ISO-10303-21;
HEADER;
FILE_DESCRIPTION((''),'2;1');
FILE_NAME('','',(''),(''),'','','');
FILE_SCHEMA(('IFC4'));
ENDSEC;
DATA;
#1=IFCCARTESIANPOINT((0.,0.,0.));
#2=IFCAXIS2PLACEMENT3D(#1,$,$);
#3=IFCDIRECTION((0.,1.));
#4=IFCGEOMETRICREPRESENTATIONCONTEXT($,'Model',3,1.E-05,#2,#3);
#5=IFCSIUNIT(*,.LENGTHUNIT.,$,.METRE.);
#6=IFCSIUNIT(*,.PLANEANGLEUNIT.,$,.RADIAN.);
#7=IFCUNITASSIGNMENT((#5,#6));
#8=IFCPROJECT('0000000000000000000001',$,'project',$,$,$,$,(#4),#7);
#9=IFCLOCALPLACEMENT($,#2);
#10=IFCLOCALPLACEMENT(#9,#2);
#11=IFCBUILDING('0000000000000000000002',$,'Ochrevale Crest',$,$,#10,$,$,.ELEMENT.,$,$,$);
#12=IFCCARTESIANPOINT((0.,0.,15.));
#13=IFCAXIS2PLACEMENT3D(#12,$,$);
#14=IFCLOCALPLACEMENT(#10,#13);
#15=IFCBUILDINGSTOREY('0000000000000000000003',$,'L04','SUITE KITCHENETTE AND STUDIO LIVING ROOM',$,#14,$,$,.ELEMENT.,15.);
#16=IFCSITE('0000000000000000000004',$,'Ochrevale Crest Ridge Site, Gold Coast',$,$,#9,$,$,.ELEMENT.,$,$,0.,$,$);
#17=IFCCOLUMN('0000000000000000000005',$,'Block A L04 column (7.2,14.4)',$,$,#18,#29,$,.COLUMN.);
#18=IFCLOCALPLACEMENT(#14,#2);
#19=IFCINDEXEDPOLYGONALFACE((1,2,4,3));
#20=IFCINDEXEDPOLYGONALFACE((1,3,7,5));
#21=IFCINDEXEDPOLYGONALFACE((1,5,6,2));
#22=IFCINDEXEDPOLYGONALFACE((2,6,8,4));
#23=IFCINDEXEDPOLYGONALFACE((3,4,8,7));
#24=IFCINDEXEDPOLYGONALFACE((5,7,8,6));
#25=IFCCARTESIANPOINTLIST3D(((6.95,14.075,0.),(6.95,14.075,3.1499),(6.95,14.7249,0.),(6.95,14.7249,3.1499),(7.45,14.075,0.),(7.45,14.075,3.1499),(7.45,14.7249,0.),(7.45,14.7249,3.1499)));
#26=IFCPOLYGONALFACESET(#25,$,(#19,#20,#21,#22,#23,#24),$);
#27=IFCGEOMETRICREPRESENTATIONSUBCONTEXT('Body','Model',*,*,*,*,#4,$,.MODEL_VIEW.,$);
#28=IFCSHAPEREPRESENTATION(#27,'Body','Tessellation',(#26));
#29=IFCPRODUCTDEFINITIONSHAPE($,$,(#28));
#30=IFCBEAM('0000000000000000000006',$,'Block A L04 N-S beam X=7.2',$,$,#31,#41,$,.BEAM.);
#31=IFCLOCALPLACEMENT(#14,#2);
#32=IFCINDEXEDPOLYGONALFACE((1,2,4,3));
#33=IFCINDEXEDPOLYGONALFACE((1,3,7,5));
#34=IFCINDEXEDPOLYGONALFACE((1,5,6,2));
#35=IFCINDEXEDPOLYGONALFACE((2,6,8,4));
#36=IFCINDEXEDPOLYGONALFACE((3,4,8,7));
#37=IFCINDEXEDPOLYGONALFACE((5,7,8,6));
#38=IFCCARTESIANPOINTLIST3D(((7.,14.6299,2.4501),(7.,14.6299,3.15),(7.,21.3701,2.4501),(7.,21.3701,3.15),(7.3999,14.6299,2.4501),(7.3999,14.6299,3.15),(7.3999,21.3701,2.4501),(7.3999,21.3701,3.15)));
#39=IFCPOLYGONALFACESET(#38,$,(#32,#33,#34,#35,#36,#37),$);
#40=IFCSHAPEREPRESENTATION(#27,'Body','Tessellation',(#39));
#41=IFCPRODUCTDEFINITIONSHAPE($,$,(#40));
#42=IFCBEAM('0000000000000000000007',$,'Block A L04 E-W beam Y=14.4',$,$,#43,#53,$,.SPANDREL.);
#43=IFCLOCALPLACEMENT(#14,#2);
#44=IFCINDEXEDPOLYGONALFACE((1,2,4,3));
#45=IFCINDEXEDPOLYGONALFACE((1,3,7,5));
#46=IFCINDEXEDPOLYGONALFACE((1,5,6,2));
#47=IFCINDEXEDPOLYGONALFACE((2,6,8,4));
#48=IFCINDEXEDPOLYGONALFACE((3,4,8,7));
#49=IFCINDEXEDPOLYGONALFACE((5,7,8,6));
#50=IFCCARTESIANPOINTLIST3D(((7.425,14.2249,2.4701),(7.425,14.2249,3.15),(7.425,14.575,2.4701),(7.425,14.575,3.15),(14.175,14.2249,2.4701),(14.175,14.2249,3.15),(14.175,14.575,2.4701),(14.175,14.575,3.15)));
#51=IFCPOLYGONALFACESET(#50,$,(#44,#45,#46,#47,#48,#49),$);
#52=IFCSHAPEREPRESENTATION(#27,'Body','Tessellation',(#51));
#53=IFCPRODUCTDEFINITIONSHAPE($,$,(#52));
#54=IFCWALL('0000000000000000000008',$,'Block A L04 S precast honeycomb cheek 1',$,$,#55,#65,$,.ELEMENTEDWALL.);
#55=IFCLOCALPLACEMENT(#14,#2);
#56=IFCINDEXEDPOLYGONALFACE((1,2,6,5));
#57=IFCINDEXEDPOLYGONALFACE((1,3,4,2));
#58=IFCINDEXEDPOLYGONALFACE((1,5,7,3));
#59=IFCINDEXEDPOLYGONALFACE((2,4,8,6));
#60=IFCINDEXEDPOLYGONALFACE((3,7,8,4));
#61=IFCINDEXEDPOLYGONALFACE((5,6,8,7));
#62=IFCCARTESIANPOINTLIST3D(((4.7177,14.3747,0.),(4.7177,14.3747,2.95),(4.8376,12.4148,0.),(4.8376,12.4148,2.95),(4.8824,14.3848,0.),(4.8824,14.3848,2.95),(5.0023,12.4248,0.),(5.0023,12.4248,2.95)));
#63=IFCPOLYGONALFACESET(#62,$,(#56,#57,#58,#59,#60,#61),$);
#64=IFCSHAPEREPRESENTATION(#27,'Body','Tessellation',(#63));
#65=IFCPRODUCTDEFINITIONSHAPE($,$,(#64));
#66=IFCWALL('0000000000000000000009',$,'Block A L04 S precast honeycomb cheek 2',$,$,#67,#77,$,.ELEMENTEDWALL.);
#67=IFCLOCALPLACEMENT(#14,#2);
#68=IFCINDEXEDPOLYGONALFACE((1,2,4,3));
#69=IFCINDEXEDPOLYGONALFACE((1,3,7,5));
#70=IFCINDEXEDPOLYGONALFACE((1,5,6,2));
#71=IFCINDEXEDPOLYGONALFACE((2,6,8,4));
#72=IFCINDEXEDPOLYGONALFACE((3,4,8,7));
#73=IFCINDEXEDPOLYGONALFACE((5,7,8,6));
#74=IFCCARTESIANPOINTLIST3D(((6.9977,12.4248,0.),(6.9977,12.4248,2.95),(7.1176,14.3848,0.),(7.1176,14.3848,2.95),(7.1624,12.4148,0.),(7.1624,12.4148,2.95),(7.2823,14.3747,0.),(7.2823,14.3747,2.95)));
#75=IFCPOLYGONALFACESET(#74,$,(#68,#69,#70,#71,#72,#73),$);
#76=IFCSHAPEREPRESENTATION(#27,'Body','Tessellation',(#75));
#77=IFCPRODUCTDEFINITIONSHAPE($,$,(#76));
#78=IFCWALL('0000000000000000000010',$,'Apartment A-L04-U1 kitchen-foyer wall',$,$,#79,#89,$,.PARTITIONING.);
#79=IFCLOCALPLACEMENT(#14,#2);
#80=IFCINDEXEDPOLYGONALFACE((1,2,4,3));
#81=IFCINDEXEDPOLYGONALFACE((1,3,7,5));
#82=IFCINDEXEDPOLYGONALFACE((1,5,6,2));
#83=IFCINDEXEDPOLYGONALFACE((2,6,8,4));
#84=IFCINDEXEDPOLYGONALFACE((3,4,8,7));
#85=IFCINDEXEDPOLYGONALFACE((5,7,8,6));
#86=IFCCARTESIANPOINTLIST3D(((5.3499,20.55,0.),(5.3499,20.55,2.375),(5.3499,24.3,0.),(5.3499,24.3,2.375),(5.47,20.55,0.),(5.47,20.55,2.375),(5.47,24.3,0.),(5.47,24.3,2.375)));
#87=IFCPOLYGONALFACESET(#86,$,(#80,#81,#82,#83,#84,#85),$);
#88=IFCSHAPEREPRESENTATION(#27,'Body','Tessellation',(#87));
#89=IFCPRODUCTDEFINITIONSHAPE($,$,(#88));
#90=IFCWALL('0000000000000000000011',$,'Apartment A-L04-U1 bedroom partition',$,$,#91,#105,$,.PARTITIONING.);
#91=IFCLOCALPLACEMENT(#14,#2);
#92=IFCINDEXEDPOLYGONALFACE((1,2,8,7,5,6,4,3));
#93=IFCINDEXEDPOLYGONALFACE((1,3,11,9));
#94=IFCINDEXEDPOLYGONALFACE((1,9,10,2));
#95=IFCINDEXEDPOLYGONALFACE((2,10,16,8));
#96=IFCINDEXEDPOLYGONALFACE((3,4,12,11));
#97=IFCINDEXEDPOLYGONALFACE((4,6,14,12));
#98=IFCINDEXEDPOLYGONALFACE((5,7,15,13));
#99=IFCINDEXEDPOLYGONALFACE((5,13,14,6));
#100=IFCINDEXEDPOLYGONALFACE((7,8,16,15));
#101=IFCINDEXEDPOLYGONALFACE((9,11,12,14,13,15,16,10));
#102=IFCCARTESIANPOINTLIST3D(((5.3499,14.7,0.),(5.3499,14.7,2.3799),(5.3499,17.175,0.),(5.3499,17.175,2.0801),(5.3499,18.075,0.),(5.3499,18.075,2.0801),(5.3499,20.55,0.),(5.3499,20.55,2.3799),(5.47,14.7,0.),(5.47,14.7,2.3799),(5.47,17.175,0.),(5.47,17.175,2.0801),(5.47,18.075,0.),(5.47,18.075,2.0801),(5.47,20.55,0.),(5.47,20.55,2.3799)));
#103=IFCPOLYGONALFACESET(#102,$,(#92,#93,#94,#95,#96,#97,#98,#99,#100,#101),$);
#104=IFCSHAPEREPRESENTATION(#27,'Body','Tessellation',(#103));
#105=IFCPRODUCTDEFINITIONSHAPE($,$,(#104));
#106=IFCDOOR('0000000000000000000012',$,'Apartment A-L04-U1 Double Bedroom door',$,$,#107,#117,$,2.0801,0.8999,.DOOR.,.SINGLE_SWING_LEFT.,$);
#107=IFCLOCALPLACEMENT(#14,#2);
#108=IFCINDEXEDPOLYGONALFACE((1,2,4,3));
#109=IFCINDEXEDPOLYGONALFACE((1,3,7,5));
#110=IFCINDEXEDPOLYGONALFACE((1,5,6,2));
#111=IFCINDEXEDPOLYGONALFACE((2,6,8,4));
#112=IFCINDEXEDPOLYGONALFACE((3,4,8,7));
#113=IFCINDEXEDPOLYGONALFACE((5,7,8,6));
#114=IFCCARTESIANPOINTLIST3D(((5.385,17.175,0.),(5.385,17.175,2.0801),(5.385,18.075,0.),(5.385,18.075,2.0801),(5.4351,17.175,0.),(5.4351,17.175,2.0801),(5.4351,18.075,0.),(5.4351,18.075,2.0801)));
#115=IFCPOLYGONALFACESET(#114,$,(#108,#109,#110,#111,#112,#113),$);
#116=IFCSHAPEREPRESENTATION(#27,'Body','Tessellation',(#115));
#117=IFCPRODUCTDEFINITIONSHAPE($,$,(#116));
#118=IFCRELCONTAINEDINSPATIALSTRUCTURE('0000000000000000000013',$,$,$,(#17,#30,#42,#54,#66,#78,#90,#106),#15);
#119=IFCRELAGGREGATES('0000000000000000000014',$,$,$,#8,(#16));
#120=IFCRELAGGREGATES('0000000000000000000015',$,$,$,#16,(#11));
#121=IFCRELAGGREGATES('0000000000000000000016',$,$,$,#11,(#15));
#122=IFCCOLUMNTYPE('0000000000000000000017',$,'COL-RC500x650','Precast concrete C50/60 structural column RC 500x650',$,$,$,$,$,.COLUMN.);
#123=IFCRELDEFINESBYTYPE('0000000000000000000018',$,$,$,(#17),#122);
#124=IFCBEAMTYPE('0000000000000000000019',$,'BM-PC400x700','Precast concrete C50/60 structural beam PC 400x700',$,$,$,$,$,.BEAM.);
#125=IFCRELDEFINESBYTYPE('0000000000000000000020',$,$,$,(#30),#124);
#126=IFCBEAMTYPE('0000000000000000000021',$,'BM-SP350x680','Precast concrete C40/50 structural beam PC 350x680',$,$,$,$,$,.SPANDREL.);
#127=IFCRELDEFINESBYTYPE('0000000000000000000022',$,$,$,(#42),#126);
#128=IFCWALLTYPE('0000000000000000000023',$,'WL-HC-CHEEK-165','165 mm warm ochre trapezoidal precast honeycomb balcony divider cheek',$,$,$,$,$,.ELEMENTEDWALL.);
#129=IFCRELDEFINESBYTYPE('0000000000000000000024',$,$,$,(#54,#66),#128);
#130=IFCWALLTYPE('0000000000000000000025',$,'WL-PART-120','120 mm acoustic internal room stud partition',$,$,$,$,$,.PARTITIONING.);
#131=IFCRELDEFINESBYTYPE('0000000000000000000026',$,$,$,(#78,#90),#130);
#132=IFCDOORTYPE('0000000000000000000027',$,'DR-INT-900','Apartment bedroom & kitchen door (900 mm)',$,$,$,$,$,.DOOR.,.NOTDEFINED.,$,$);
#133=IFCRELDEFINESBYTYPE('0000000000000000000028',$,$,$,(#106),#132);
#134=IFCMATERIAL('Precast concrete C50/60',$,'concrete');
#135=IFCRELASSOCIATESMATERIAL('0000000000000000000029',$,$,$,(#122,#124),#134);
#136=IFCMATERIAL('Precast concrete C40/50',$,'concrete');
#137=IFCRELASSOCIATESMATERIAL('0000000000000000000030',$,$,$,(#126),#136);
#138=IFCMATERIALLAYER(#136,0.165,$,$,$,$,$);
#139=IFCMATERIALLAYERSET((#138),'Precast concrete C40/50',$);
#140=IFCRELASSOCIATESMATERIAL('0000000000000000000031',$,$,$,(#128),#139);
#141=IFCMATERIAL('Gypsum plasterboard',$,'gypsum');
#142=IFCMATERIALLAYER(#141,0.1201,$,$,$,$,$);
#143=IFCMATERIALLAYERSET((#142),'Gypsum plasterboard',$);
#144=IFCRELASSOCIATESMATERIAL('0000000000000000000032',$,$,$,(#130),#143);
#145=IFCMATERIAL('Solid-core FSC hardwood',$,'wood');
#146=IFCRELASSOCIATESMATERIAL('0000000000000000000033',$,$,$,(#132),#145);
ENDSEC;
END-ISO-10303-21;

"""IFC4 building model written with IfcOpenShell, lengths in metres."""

from ifc_helpers import new_model, si_unit, direction, frame, frame_2d, origin, origin_2d, place, context, subcontext, project, spatial, rectangle, extrude, material, layer, layer_set, material_profile, profile_set, type_object, element, fill, save


model = new_model("IFC4")

# Units and contexts
model_context = context("Model", 3, precision=1e-05, world=origin(), true_north=direction((0.0, 1.0)))
body_context = subcontext(model_context, "Body", "Model", "MODEL_VIEW")
ifc_project = project(units=[si_unit("LENGTHUNIT", "METRE"), si_unit("PLANEANGLEUNIT", "RADIAN")], contexts=[model_context])

# Site, building, storey
site_placement = place(None, origin())
site = spatial("IfcSite", under=ifc_project, at=site_placement, Name="Ochrevale Crest Ridge Site, Gold Coast", CompositionType="ELEMENT", RefElevation=0.0)
building_placement = place(site_placement, origin())
building = spatial("IfcBuilding", under=site, at=building_placement, Name="Ochrevale Crest", CompositionType="ELEMENT")
storey_placement = place(building_placement, frame((0.0, 0.0, 15.0)))
storey = spatial("IfcBuildingStorey", under=building, at=storey_placement, Name="L04", Description="SUITE KITCHENETTE AND STUDIO LIVING ROOM", CompositionType="ELEMENT", Elevation=15.0)

# Column
ifc_material_1 = material(Name="Precast concrete C50/60", Category="concrete")
ifc_material_profile_1 = material_profile(ifc_material_1, rectangle(XDim=0.5, YDim=0.6499, at=origin_2d()), Name="RC 500x650")
ifc_profile_set_1 = profile_set([ifc_material_profile_1], Name="Precast concrete C50/60")
column_type = type_object("IfcColumnType", Name="COL-RC500x650", Description="Precast concrete C50/60 structural column RC 500x650", PredefinedType="COLUMN", material=ifc_profile_set_1)
column_placement = place(storey_placement, frame((7.2, 14.3999, 0.0), z_axis=(0.0, 0.0, 1.0), x_axis=(1.0, 0.0, 0.0)))
element("IfcColumn", 1, at=column_placement, inside=storey, type_object=column_type, Name="Block A L04 column (7.2,14.4)", PredefinedType="COLUMN", context=body_context, shape_type="SweptSolid", body=[
    extrude(rectangle(XDim=0.5, YDim=0.6499, at=origin_2d()), origin(), (0.0, 0.0, 1.0), 3.1499),
])

# Beams
ifc_material_profile_2 = material_profile(ifc_material_1, rectangle(XDim=0.3999, YDim=0.7, at=origin_2d()), Name="PC 400x700")
ifc_profile_set_2 = profile_set([ifc_material_profile_2], Name="Precast concrete C50/60")
beam_type_1 = type_object("IfcBeamType", Name="BM-PC400x700", Description="Precast concrete C50/60 structural beam PC 400x700", PredefinedType="BEAM", material=ifc_profile_set_2)
beam_1_placement = place(storey_placement, frame((7.2, 14.6299, 2.8), z_axis=(0.0, 1.0, 0.0), x_axis=(-1.0, 0.0, 0.0)))
element("IfcBeam", 2, at=beam_1_placement, inside=storey, type_object=beam_type_1, Name="Block A L04 N-S beam X=7.2", PredefinedType="BEAM", context=body_context, shape_type="SweptSolid", body=[
    extrude(rectangle(XDim=0.3999, YDim=0.7, at=origin_2d()), origin(), (0.0, 0.0, 1.0), 6.7402),
])
ifc_material_2 = material(Name="Precast concrete C40/50", Category="concrete")
ifc_material_profile_3 = material_profile(ifc_material_2, rectangle(XDim=0.3501, YDim=0.6799, at=origin_2d()), Name="PC 350x680")
ifc_profile_set_3 = profile_set([ifc_material_profile_3], Name="Precast concrete C40/50")
beam_type_2 = type_object("IfcBeamType", Name="BM-SP350x680", Description="Precast concrete C40/50 structural beam PC 350x680", PredefinedType="SPANDREL", material=ifc_profile_set_3)
beam_2_placement = place(storey_placement, frame((7.425, 14.3999, 2.8101), z_axis=(1.0, 0.0, 0.0), x_axis=(0.0, 1.0, 0.0)))
element("IfcBeam", 3, at=beam_2_placement, inside=storey, type_object=beam_type_2, Name="Block A L04 E-W beam Y=14.4", PredefinedType="SPANDREL", context=body_context, shape_type="SweptSolid", body=[
    extrude(rectangle(XDim=0.3501, YDim=0.6799, at=origin_2d()), origin(), (0.0, 0.0, 1.0), 6.75),
])

# Walls
ifc_layer_1 = layer(ifc_material_2, 0.165)
ifc_layer_set_1 = layer_set([ifc_layer_1], Name="Precast concrete C40/50")
wall_type_1 = type_object("IfcWallType", Name="WL-HC-CHEEK-165", Description="165 mm warm ochre trapezoidal precast honeycomb balcony divider cheek", PredefinedType="ELEMENTEDWALL", material=ifc_layer_set_1)
for number, where, z_axis, x_axis, name in (
    (4, (4.8, 14.3799, 0.0), (0.0, 0.0, 1.0), (0.061047, -0.998135, 0.0), "Block A L04 S precast honeycomb cheek 1"),
    (5, (7.2, 14.3799, 0.0), (0.0, 0.0, 1.0), (-0.061047, -0.998135, 0.0), "Block A L04 S precast honeycomb cheek 2"),
):
    element("IfcWall", number, at=place(storey_placement, frame(where, z_axis=z_axis, x_axis=x_axis)), inside=storey, type_object=wall_type_1, Name=name, PredefinedType="ELEMENTEDWALL", context=body_context, shape_type="SweptSolid", body=[
        extrude(rectangle(XDim=1.9636, YDim=0.165, at=frame_2d((0.9819, 0.0))), origin(), (0.0, 0.0, 1.0), 2.95),
    ])
ifc_material_3 = material(Name="Gypsum plasterboard", Category="gypsum")
ifc_layer_2 = layer(ifc_material_3, 0.1201)
ifc_layer_set_2 = layer_set([ifc_layer_2], Name="Gypsum plasterboard")
wall_type_2 = type_object("IfcWallType", Name="WL-PART-120", Description="120 mm acoustic internal room stud partition", PredefinedType="PARTITIONING", material=ifc_layer_set_2)
wall_1_placement = place(storey_placement, frame((5.4099, 20.55, 0.0), z_axis=(0.0, 0.0, 1.0), x_axis=(0.0, 1.0, 0.0)))
element("IfcWall", 6, at=wall_1_placement, inside=storey, type_object=wall_type_2, Name="Apartment A-L04-U1 kitchen-foyer wall", PredefinedType="PARTITIONING", context=body_context, shape_type="SweptSolid", body=[
    extrude(rectangle(XDim=3.75, YDim=0.1201, at=frame_2d((1.875, 0.0))), origin(), (0.0, 0.0, 1.0), 2.375),
])

# Wall, opening, door
wall_2_placement = place(storey_placement, frame((5.4099, 14.7, 0.0), z_axis=(0.0, 0.0, 1.0), x_axis=(0.0, 1.0, 0.0)))
wall_2 = element("IfcWall", 7, at=wall_2_placement, inside=storey, type_object=wall_type_2, Name="Apartment A-L04-U1 bedroom partition", PredefinedType="PARTITIONING", context=body_context, shape_type="SweptSolid", body=[
    extrude(rectangle(XDim=5.8501, YDim=0.1201, at=frame_2d((2.925, 0.0))), origin(), (0.0, 0.0, 1.0), 2.3799),
])
opening_1_placement = place(wall_2_placement, frame((2.4751, 0.0, 0.0)))
opening_1 = element("IfcOpeningElement", 8, at=opening_1_placement, cuts=wall_2, PredefinedType="OPENING", context=body_context, shape_type="SweptSolid", body=[
    extrude(rectangle(XDim=0.8999, YDim=2.0801, at=frame_2d((0.45, 1.04))), frame((0.0, 0.0701, 0.0), z_axis=(0.0, -1.0, 0.0), x_axis=(1.0, 0.0, 0.0)), (0.0, 0.0, 1.0), 0.1401),
])
ifc_material_4 = material(Name="Solid-core FSC hardwood", Category="wood")
door_type_1 = type_object("IfcDoorType", Name="DR-INT-900", Description="Apartment bedroom & kitchen door (900 mm)", OperationType="NOTDEFINED", PredefinedType="DOOR", material=ifc_material_4)
door_1_placement = place(opening_1_placement, origin())
door_1 = element("IfcDoor", 9, at=door_1_placement, inside=storey, type_object=door_type_1, Name="Apartment A-L04-U1 Double Bedroom door", OperationType="SINGLE_SWING_LEFT", OverallHeight=2.0801, OverallWidth=0.8999, PredefinedType="DOOR", context=body_context, shape_type="SweptSolid", body=[
    extrude(rectangle(XDim=0.8999, YDim=2.0801, at=frame_2d((0.45, 1.04))), frame((0.0, 0.0249, 0.0), z_axis=(0.0, -1.0, 0.0), x_axis=(1.0, 0.0, 0.0)), (0.0, 0.0, 1.0), 0.05),
])
fill(opening_1, door_1)

save(model, "model.ifc")
